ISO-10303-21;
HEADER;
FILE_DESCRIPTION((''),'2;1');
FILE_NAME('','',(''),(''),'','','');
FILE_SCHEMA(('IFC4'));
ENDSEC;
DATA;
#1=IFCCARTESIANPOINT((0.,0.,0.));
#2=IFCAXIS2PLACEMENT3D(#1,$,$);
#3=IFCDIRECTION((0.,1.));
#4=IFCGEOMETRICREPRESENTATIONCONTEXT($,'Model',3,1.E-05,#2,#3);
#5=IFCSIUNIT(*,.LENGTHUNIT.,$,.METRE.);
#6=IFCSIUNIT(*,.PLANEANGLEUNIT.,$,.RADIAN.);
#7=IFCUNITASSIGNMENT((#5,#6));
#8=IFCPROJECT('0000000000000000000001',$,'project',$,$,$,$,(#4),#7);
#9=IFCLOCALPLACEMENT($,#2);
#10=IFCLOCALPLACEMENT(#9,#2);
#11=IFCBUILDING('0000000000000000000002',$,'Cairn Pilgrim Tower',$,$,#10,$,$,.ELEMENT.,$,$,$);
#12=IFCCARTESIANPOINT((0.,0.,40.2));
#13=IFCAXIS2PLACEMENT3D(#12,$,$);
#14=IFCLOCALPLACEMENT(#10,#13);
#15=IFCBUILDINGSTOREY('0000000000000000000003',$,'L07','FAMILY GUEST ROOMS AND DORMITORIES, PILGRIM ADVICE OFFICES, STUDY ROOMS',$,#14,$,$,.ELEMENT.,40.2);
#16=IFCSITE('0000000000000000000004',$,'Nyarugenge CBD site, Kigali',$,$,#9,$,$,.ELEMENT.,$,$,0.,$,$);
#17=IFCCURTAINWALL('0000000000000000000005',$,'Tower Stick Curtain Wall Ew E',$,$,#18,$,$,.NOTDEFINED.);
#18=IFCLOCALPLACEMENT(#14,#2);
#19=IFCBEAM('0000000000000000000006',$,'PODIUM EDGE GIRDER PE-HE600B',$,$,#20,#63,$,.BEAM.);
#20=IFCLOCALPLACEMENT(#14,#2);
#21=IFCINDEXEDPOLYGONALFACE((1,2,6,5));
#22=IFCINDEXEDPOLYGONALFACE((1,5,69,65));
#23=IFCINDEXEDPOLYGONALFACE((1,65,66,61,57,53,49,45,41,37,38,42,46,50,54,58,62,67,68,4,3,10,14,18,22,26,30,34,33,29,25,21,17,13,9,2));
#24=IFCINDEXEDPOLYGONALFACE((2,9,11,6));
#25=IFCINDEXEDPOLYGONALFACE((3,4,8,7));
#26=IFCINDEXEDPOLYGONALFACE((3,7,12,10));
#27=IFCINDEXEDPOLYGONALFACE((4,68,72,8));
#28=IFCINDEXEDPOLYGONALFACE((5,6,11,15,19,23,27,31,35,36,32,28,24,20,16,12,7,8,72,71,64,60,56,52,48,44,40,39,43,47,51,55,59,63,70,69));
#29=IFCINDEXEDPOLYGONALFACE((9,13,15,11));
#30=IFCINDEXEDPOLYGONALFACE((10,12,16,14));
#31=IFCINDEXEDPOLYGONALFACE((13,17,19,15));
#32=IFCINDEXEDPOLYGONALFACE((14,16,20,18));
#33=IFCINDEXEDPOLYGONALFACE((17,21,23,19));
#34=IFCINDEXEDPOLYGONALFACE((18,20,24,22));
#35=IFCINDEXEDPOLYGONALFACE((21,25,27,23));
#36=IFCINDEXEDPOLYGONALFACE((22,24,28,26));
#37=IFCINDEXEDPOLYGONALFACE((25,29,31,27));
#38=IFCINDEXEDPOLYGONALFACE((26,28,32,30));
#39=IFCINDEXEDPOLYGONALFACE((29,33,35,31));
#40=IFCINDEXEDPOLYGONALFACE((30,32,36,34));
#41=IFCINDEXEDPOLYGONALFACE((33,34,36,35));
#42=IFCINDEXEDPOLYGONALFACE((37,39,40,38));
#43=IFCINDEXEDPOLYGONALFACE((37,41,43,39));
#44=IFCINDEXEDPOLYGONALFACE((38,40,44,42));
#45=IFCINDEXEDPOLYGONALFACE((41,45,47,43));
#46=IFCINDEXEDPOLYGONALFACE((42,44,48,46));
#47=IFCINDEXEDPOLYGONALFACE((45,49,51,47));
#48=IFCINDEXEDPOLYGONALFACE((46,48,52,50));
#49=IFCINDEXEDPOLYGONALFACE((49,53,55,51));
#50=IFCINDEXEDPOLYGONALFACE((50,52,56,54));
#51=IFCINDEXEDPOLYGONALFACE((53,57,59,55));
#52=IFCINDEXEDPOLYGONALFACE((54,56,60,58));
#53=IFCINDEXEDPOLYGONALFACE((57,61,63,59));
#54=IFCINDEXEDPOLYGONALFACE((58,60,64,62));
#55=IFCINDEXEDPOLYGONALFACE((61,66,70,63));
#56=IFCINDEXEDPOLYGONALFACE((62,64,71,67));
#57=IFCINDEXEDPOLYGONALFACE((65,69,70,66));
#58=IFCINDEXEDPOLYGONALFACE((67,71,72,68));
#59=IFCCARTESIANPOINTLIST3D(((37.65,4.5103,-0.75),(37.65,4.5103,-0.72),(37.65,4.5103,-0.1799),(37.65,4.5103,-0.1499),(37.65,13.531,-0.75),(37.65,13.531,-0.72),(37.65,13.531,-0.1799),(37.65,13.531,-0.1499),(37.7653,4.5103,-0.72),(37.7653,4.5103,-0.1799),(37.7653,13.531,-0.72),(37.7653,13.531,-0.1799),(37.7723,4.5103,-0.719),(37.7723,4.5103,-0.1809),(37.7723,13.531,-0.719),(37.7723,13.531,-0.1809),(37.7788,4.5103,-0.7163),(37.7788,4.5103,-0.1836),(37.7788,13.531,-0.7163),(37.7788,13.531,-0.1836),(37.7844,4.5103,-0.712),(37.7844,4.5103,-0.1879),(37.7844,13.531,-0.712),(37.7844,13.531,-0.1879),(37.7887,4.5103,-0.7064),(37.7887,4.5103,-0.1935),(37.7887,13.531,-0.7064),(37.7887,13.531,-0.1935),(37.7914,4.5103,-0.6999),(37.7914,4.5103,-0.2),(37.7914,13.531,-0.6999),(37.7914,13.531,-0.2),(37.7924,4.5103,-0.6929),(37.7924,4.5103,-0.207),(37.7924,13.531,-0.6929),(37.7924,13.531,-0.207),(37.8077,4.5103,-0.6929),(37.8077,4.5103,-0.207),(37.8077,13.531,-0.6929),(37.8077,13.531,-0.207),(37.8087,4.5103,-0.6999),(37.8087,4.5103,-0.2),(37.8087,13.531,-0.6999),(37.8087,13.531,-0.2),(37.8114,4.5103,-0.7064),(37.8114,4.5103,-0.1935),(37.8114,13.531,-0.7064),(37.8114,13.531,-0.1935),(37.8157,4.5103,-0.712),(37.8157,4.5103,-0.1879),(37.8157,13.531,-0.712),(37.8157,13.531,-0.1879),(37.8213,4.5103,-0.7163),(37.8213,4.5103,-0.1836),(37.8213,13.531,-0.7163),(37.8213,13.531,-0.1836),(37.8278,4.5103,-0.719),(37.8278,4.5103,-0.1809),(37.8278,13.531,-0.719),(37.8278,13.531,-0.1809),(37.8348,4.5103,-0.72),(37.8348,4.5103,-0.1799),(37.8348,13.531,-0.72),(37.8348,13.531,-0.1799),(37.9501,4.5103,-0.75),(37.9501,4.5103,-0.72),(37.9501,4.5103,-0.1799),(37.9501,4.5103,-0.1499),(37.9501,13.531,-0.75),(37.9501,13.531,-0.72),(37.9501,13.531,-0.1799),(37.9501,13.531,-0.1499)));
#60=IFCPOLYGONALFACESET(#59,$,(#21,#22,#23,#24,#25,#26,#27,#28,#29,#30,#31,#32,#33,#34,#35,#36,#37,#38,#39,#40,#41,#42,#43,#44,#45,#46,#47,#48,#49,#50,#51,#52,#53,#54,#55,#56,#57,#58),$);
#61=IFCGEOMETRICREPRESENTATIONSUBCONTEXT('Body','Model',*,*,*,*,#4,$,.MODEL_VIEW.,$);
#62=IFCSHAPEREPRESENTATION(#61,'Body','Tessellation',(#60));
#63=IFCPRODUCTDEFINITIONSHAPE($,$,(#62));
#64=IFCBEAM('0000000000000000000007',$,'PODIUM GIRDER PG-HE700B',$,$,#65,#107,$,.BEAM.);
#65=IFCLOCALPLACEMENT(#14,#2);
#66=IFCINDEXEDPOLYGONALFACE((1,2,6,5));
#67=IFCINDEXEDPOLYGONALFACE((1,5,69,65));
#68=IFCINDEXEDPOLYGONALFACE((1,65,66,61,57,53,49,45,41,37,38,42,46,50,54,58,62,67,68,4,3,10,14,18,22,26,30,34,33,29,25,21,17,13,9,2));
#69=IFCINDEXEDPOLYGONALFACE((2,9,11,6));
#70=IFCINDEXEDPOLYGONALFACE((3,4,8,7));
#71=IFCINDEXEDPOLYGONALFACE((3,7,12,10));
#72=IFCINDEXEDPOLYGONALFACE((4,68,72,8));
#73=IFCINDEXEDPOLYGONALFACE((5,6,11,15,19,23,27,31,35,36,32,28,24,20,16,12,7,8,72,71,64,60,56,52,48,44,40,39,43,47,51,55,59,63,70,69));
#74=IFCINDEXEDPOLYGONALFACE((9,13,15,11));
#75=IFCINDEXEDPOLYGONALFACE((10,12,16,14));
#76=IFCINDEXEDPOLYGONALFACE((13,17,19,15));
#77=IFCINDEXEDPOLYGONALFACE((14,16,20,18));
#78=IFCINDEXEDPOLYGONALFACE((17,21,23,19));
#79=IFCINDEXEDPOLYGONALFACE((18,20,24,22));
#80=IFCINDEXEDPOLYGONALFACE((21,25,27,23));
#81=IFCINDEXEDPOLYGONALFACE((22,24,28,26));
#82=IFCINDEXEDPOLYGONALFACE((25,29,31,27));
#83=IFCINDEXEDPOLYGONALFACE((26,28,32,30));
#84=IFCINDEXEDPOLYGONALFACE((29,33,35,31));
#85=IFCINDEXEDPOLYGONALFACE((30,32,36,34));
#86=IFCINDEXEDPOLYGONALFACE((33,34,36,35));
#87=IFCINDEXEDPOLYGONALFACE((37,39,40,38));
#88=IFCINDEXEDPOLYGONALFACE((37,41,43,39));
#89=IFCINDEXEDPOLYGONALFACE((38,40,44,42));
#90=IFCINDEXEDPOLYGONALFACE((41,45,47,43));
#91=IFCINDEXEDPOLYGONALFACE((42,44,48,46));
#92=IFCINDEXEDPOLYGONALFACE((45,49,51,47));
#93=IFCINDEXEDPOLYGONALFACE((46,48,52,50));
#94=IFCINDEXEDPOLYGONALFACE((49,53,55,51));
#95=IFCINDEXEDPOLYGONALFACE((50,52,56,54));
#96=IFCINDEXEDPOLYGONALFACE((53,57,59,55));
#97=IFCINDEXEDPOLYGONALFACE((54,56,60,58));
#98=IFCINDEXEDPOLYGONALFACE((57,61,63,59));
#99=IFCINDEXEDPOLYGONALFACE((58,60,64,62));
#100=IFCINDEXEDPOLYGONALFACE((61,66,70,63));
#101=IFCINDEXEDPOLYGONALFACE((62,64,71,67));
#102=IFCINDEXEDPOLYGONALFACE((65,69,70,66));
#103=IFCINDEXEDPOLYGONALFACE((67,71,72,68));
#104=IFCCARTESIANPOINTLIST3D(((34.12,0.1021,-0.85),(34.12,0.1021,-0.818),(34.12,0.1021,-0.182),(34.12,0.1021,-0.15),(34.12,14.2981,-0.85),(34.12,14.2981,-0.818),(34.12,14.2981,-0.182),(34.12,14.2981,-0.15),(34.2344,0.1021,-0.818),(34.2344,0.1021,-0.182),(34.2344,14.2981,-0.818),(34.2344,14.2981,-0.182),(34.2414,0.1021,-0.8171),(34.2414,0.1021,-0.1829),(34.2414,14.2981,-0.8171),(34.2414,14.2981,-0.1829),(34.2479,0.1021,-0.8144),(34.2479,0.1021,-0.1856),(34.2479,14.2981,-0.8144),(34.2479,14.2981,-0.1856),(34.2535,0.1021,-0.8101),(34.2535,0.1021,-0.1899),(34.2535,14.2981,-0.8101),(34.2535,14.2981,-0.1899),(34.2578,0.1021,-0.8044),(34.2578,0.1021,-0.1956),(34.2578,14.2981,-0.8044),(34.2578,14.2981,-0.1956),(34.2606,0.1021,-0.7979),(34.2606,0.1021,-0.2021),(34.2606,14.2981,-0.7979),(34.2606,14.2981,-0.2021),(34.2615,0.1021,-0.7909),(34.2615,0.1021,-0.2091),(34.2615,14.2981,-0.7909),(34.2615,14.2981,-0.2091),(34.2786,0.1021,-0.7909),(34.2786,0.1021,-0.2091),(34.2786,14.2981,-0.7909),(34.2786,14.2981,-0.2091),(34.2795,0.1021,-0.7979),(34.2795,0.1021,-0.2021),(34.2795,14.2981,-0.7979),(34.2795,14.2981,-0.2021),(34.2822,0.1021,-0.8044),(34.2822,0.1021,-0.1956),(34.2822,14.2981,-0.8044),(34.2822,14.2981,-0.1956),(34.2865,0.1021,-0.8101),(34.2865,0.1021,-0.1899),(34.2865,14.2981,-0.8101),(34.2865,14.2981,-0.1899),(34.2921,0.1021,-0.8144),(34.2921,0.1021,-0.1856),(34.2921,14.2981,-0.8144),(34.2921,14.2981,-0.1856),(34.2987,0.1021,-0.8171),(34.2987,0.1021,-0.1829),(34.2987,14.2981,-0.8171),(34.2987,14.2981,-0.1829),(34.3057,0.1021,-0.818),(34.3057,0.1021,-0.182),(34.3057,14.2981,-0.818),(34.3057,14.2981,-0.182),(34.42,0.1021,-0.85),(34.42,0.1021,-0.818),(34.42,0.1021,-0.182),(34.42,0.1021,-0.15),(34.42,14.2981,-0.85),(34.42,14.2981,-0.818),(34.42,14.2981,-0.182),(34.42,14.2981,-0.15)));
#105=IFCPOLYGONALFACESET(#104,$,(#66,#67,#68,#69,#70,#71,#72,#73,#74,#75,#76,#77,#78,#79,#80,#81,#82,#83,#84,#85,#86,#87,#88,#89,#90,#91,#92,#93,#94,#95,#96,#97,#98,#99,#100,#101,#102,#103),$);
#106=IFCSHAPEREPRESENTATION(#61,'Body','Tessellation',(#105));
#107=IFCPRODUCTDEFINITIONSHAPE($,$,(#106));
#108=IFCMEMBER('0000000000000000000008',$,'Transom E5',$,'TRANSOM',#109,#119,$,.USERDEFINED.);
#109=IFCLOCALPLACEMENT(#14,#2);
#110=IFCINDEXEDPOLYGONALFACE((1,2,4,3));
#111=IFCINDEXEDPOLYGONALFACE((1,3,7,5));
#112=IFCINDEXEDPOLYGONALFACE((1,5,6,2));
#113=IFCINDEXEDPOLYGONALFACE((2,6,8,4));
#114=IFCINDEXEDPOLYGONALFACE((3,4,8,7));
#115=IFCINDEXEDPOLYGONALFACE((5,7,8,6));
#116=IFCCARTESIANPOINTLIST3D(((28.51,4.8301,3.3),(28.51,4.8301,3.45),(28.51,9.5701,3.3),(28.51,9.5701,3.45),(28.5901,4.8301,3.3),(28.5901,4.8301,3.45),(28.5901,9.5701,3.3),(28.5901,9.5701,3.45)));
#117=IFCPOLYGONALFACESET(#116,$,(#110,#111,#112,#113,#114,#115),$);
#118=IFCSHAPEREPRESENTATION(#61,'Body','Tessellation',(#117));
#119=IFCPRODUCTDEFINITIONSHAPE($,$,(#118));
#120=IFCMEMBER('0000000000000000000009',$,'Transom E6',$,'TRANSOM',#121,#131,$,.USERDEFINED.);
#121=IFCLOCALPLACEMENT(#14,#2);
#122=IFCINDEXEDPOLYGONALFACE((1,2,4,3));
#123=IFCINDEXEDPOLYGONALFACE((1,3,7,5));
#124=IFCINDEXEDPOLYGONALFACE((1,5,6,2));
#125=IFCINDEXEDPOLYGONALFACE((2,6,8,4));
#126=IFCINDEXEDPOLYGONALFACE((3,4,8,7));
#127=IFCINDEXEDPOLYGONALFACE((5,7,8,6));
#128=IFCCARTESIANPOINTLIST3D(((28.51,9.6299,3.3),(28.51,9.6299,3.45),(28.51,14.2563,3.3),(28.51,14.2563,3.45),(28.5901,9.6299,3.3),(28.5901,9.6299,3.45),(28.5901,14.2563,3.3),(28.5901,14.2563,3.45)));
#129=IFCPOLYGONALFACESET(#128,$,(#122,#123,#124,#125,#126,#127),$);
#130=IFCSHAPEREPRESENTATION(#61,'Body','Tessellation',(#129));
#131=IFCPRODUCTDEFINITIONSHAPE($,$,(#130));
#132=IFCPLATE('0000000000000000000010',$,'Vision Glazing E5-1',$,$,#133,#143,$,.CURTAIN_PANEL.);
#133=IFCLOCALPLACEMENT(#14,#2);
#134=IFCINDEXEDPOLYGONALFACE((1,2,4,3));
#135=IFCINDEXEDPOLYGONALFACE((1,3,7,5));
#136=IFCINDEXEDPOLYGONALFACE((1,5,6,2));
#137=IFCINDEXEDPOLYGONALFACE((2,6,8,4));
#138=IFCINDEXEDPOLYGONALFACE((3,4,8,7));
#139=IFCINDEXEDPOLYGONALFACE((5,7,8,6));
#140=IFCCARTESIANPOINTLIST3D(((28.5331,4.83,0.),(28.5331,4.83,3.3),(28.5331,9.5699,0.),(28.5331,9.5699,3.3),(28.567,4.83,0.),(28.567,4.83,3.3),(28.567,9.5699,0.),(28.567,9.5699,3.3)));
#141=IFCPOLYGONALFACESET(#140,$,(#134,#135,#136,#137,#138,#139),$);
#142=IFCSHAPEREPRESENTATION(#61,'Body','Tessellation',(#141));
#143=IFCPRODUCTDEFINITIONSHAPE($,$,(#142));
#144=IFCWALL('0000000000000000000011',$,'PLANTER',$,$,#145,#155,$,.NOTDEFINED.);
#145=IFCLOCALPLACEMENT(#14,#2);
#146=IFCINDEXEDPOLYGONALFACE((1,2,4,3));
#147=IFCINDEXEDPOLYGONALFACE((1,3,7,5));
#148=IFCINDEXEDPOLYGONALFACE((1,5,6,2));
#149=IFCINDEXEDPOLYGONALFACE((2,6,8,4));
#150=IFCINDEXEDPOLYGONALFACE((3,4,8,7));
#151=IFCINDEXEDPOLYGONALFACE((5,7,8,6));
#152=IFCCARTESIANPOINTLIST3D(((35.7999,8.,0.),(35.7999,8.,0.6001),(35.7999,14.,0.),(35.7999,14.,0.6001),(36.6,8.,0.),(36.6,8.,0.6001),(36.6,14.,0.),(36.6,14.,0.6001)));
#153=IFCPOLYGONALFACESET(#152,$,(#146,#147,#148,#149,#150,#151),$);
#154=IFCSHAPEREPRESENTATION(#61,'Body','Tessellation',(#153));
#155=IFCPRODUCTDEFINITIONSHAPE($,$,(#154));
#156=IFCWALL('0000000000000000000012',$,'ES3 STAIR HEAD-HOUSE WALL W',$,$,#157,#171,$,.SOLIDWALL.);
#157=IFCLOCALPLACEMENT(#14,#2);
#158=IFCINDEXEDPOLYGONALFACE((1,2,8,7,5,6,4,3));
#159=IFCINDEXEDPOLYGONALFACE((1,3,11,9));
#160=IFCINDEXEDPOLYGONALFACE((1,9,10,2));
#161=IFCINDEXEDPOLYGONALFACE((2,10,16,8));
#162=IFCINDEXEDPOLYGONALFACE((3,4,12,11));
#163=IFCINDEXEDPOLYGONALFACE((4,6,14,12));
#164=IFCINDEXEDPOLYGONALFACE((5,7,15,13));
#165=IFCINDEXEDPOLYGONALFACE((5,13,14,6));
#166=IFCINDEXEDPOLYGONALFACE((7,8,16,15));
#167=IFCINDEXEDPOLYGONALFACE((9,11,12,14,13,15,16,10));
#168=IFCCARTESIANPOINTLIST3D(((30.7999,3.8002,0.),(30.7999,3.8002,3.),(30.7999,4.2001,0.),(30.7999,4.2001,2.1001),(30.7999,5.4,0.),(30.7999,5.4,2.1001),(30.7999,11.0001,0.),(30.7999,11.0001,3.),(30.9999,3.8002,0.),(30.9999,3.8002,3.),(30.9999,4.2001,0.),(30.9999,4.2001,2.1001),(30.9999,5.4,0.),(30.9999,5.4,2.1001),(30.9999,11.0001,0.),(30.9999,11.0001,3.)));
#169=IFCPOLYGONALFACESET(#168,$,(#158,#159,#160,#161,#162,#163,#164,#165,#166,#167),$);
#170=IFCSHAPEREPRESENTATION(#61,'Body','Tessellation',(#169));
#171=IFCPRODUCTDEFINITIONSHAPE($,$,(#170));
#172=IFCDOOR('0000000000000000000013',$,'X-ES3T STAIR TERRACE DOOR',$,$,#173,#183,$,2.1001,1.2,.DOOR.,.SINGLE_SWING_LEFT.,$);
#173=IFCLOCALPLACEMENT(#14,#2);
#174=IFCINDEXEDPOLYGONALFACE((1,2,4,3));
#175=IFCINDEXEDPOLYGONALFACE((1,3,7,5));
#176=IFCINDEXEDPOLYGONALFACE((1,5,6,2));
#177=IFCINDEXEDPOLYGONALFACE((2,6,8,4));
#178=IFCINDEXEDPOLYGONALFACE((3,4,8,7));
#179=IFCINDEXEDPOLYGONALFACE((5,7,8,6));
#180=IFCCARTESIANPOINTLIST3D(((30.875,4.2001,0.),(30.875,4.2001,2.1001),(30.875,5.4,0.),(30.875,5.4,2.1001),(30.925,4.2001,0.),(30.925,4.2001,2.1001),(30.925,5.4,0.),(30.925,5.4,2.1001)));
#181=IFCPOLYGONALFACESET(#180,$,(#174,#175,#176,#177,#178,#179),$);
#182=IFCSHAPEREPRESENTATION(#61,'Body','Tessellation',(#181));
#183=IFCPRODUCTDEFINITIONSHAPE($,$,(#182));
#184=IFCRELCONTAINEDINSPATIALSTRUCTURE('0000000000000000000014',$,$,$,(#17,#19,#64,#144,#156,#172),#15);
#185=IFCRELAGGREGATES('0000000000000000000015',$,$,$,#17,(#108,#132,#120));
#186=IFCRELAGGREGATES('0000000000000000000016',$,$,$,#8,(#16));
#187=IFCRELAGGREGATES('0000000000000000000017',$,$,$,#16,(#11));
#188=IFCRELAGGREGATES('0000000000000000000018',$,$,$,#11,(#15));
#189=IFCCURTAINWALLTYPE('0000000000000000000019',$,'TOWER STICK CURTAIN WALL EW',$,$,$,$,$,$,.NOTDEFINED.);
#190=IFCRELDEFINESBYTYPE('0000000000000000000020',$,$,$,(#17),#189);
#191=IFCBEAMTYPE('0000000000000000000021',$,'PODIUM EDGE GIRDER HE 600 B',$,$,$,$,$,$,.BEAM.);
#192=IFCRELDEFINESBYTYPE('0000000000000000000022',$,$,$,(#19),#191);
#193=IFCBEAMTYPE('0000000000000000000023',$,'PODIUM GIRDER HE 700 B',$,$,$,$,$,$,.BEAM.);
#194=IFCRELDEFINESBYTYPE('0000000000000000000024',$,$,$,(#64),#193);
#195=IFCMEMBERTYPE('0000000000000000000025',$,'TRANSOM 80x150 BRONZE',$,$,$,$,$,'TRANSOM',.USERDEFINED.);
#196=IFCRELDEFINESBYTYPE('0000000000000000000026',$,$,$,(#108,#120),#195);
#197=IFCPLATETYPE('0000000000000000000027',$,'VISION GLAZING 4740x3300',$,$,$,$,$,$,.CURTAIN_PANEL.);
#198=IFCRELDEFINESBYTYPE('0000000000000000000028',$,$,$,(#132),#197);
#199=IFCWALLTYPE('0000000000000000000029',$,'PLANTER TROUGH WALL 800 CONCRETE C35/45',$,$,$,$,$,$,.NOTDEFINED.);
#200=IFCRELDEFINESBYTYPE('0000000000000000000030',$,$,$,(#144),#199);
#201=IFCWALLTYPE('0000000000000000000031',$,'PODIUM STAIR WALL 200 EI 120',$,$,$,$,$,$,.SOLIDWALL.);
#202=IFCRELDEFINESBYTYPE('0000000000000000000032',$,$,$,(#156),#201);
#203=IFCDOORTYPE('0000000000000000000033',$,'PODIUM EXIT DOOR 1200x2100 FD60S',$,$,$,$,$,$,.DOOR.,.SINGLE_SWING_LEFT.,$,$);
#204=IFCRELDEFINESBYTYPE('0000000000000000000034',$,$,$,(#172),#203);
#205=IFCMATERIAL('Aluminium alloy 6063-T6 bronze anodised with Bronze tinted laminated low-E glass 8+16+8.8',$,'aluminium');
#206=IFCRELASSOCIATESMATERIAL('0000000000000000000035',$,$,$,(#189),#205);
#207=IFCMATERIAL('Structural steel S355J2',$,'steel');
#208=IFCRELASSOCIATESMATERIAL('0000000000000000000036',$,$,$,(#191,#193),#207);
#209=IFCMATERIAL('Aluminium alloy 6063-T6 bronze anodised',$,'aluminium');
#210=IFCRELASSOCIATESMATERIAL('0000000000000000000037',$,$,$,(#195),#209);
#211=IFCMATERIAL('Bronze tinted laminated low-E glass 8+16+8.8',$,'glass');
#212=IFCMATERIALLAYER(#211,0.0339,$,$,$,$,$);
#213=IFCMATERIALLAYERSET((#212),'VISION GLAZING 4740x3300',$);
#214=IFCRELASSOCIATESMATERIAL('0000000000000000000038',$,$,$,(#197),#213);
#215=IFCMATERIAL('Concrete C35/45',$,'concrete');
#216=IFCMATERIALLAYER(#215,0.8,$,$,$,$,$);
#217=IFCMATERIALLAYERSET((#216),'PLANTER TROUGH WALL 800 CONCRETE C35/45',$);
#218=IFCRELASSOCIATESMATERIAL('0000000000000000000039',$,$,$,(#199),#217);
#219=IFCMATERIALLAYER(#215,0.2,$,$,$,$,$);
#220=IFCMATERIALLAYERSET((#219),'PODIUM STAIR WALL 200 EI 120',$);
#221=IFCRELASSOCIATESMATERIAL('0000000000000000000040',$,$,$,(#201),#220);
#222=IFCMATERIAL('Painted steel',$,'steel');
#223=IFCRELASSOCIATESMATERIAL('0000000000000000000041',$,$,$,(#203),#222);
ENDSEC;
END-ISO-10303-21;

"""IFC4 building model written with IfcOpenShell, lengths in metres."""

from ifc_helpers import new_model, si_unit, direction, frame, frame_2d, origin, origin_2d, place, context, subcontext, project, spatial, rectangle, i_section, extrude, material, layer, layer_set, material_profile, profile_set, type_object, element, fill, aggregate, save


model = new_model("IFC4")

# Units and contexts
model_context = context("Model", 3, precision=1e-05, world=origin(), true_north=direction((0.0, 1.0)))
body_context = subcontext(model_context, "Body", "Model", "MODEL_VIEW")
ifc_project = project(units=[si_unit("LENGTHUNIT", "METRE"), si_unit("PLANEANGLEUNIT", "RADIAN")], contexts=[model_context])

# Site, building, storey
site_placement = place(None, origin())
site = spatial("IfcSite", under=ifc_project, at=site_placement, Name="Nyarugenge CBD site, Kigali", CompositionType="ELEMENT", RefElevation=0.0)
building_placement = place(site_placement, origin())
building = spatial("IfcBuilding", under=site, at=building_placement, Name="Cairn Pilgrim Tower", CompositionType="ELEMENT")
storey_placement = place(building_placement, frame((0.0, 0.0, 40.2)))
storey = spatial("IfcBuildingStorey", under=building, at=storey_placement, Name="L07", Description="FAMILY GUEST ROOMS AND DORMITORIES, PILGRIM ADVICE OFFICES, STUDY ROOMS", CompositionType="ELEMENT", Elevation=40.2)

# Curtain wall
ifc_material_1 = material(Name="Aluminium alloy 6063-T6 bronze anodised with Bronze tinted laminated low-E glass 8+16+8.8", Category="aluminium")
curtain_wall_type = type_object("IfcCurtainWallType", Name="TOWER STICK CURTAIN WALL EW", PredefinedType="NOTDEFINED", material=ifc_material_1)
curtain_wall_placement = place(storey_placement, origin())
curtain_wall = element("IfcCurtainWall", 1, at=curtain_wall_placement, inside=storey, type_object=curtain_wall_type, Name="Tower Stick Curtain Wall Ew E", PredefinedType="NOTDEFINED")
ifc_material_2 = material(Name="Aluminium alloy 6063-T6 bronze anodised", Category="aluminium")

# Beams
ifc_material_3 = material(Name="Structural steel S355J2", Category="steel")
ifc_material_profile_1 = material_profile(ifc_material_3, i_section(OverallWidth=0.3, OverallDepth=0.6001, WebThickness=0.0154, FlangeThickness=0.03, FilletRadius=0.0271, at=origin_2d()), Name="HEB 600")
ifc_profile_set_1 = profile_set([ifc_material_profile_1], Name="Structural steel S355J2")
beam_type_1 = type_object("IfcBeamType", Name="PODIUM EDGE GIRDER HE 600 B", PredefinedType="BEAM", material=ifc_profile_set_1)
beam_1_placement = place(storey_placement, frame((37.8, 4.5103, -0.45), z_axis=(0.0, 1.0, 0.0), x_axis=(-1.0, 0.0, 0.0)))
element("IfcBeam", 2, at=beam_1_placement, inside=storey, type_object=beam_type_1, Name="PODIUM EDGE GIRDER PE-HE600B", PredefinedType="BEAM", context=body_context, shape_type="SweptSolid", body=[
    extrude(i_section(OverallWidth=0.3, OverallDepth=0.6001, WebThickness=0.0154, FlangeThickness=0.03, FilletRadius=0.0271, at=origin_2d()), origin(), (0.0, 0.0, 1.0), 9.0208),
])
ifc_material_profile_2 = material_profile(ifc_material_3, i_section(OverallWidth=0.3, OverallDepth=0.7, WebThickness=0.0171, FlangeThickness=0.032, FilletRadius=0.0271, at=origin_2d()), Name="HEB 700")
ifc_profile_set_2 = profile_set([ifc_material_profile_2], Name="Structural steel S355J2")
beam_type_2 = type_object("IfcBeamType", Name="PODIUM GIRDER HE 700 B", PredefinedType="BEAM", material=ifc_profile_set_2)
beam_2_placement = place(storey_placement, frame((34.27, 0.1021, -0.5), z_axis=(0.0, 1.0, 0.0), x_axis=(-1.0, 0.0, 0.0)))
element("IfcBeam", 3, at=beam_2_placement, inside=storey, type_object=beam_type_2, Name="PODIUM GIRDER PG-HE700B", PredefinedType="BEAM", context=body_context, shape_type="SweptSolid", body=[
    extrude(i_section(OverallWidth=0.3, OverallDepth=0.7, WebThickness=0.0171, FlangeThickness=0.032, FilletRadius=0.0271, at=origin_2d()), origin(), (0.0, 0.0, 1.0), 14.196),
])

# Members
ifc_material_profile_3 = material_profile(ifc_material_2, rectangle(XDim=0.0801, YDim=0.1499, at=origin_2d()), Name="TRANSOM 80x150 BRONZE")
ifc_profile_set_3 = profile_set([ifc_material_profile_3], Name="Aluminium alloy 6063-T6 bronze anodised")
member_type_1 = type_object("IfcMemberType", Name="TRANSOM 80x150 BRONZE", ElementType="TRANSOM", PredefinedType="USERDEFINED", material=ifc_profile_set_3)
member_1_placement = place(storey_placement, frame((28.55, 4.8301, 3.375), z_axis=(0.0, 1.0, 0.0), x_axis=(-1.0, 0.0, 0.0)))
member_1 = element("IfcMember", 4, at=member_1_placement, type_object=member_type_1, Name="Transom E5", ObjectType="TRANSOM", PredefinedType="USERDEFINED", context=body_context, shape_type="SweptSolid", body=[
    extrude(rectangle(XDim=0.0801, YDim=0.1499, at=origin_2d()), origin(), (0.0, 0.0, 1.0), 4.74),
])
member_2_placement = place(storey_placement, frame((28.55, 9.6299, 3.375), z_axis=(0.0, 1.0, 0.0), x_axis=(-1.0, 0.0, 0.0)))
member_2 = element("IfcMember", 5, at=member_2_placement, type_object=member_type_1, Name="Transom E6", ObjectType="TRANSOM", PredefinedType="USERDEFINED", context=body_context, shape_type="SweptSolid", body=[
    extrude(rectangle(XDim=0.0801, YDim=0.1499, at=origin_2d()), origin(), (0.0, 0.0, 1.0), 4.6265),
])

# Plate
ifc_material_4 = material(Name="Bronze tinted laminated low-E glass 8+16+8.8", Category="glass")
ifc_layer_1 = layer(ifc_material_4, 0.0339)
ifc_layer_set_1 = layer_set([ifc_layer_1], Name="VISION GLAZING 4740x3300")
plate_type = type_object("IfcPlateType", Name="VISION GLAZING 4740x3300", PredefinedType="CURTAIN_PANEL", material=ifc_layer_set_1)
plate_placement = place(storey_placement, frame((28.55, 7.2, 0.0), z_axis=(0.0, 0.0, 1.0), x_axis=(0.0, 1.0, 0.0)))
plate = element("IfcPlate", 6, at=plate_placement, type_object=plate_type, Name="Vision Glazing E5-1", PredefinedType="CURTAIN_PANEL", context=body_context, shape_type="SweptSolid", body=[
    extrude(rectangle(XDim=4.74, YDim=0.0339, at=origin_2d()), origin(), (0.0, 0.0, 1.0), 3.3),
])
aggregate(curtain_wall, [member_1, plate, member_2])

# Wall
ifc_material_5 = material(Name="Concrete C35/45", Category="concrete")
ifc_layer_2 = layer(ifc_material_5, 0.8)
ifc_layer_set_2 = layer_set([ifc_layer_2], Name="PLANTER TROUGH WALL 800 CONCRETE C35/45")
wall_type_1 = type_object("IfcWallType", Name="PLANTER TROUGH WALL 800 CONCRETE C35/45", PredefinedType="NOTDEFINED", material=ifc_layer_set_2)
wall_1_placement = place(storey_placement, frame((36.2, 8.0, 0.0), z_axis=(0.0, 0.0, 1.0), x_axis=(0.0, 1.0, 0.0)))
element("IfcWall", 7, at=wall_1_placement, inside=storey, type_object=wall_type_1, Name="PLANTER", PredefinedType="NOTDEFINED", context=body_context, shape_type="SweptSolid", body=[
    extrude(rectangle(XDim=6.0, YDim=0.8, at=frame_2d((3.0, 0.0))), origin(), (0.0, 0.0, 1.0), 0.6001),
])

# Wall, opening, door
ifc_layer_3 = layer(ifc_material_5, 0.2)
ifc_layer_set_3 = layer_set([ifc_layer_3], Name="PODIUM STAIR WALL 200 EI 120")
wall_type_2 = type_object("IfcWallType", Name="PODIUM STAIR WALL 200 EI 120", PredefinedType="SOLIDWALL", material=ifc_layer_set_3)
wall_2_placement = place(storey_placement, frame((30.8999, 3.8, 0.0), z_axis=(0.0, 0.0, 1.0), x_axis=(0.0, 1.0, 0.0)))
wall_2 = element("IfcWall", 8, at=wall_2_placement, inside=storey, type_object=wall_type_2, Name="ES3 STAIR HEAD-HOUSE WALL W", PredefinedType="SOLIDWALL", context=body_context, shape_type="SweptSolid", body=[
    extrude(rectangle(XDim=7.2, YDim=0.2, at=frame_2d((3.6001, 0.0))), origin(), (0.0, 0.0, 1.0), 3.0),
])
opening_1_placement = place(wall_2_placement, frame((0.3999, 0.0, 0.0)))
opening_1 = element("IfcOpeningElement", 9, at=opening_1_placement, cuts=wall_2, PredefinedType="OPENING", context=body_context, shape_type="SweptSolid", body=[
    extrude(rectangle(XDim=1.2, YDim=2.1001, at=frame_2d((0.6001, 1.05))), frame((0.0, 0.1099, 0.0), z_axis=(0.0, -1.0, 0.0), x_axis=(1.0, 0.0, 0.0)), (0.0, 0.0, 1.0), 0.22),
])
ifc_material_6 = material(Name="Painted steel", Category="steel")
door_type_1 = type_object("IfcDoorType", Name="PODIUM EXIT DOOR 1200x2100 FD60S", OperationType="SINGLE_SWING_LEFT", PredefinedType="DOOR", material=ifc_material_6)
door_1_placement = place(opening_1_placement, origin())
door_1 = element("IfcDoor", 10, at=door_1_placement, inside=storey, type_object=door_type_1, Name="X-ES3T STAIR TERRACE DOOR", OperationType="SINGLE_SWING_LEFT", OverallHeight=2.1001, OverallWidth=1.2, PredefinedType="DOOR", context=body_context, shape_type="SweptSolid", body=[
    extrude(rectangle(XDim=1.2, YDim=2.1001, at=frame_2d((0.6001, 1.05))), frame((0.0, 0.0249, 0.0), z_axis=(0.0, -1.0, 0.0), x_axis=(1.0, 0.0, 0.0)), (0.0, 0.0, 1.0), 0.05),
])
fill(opening_1, door_1)

save(model, "model.ifc")
